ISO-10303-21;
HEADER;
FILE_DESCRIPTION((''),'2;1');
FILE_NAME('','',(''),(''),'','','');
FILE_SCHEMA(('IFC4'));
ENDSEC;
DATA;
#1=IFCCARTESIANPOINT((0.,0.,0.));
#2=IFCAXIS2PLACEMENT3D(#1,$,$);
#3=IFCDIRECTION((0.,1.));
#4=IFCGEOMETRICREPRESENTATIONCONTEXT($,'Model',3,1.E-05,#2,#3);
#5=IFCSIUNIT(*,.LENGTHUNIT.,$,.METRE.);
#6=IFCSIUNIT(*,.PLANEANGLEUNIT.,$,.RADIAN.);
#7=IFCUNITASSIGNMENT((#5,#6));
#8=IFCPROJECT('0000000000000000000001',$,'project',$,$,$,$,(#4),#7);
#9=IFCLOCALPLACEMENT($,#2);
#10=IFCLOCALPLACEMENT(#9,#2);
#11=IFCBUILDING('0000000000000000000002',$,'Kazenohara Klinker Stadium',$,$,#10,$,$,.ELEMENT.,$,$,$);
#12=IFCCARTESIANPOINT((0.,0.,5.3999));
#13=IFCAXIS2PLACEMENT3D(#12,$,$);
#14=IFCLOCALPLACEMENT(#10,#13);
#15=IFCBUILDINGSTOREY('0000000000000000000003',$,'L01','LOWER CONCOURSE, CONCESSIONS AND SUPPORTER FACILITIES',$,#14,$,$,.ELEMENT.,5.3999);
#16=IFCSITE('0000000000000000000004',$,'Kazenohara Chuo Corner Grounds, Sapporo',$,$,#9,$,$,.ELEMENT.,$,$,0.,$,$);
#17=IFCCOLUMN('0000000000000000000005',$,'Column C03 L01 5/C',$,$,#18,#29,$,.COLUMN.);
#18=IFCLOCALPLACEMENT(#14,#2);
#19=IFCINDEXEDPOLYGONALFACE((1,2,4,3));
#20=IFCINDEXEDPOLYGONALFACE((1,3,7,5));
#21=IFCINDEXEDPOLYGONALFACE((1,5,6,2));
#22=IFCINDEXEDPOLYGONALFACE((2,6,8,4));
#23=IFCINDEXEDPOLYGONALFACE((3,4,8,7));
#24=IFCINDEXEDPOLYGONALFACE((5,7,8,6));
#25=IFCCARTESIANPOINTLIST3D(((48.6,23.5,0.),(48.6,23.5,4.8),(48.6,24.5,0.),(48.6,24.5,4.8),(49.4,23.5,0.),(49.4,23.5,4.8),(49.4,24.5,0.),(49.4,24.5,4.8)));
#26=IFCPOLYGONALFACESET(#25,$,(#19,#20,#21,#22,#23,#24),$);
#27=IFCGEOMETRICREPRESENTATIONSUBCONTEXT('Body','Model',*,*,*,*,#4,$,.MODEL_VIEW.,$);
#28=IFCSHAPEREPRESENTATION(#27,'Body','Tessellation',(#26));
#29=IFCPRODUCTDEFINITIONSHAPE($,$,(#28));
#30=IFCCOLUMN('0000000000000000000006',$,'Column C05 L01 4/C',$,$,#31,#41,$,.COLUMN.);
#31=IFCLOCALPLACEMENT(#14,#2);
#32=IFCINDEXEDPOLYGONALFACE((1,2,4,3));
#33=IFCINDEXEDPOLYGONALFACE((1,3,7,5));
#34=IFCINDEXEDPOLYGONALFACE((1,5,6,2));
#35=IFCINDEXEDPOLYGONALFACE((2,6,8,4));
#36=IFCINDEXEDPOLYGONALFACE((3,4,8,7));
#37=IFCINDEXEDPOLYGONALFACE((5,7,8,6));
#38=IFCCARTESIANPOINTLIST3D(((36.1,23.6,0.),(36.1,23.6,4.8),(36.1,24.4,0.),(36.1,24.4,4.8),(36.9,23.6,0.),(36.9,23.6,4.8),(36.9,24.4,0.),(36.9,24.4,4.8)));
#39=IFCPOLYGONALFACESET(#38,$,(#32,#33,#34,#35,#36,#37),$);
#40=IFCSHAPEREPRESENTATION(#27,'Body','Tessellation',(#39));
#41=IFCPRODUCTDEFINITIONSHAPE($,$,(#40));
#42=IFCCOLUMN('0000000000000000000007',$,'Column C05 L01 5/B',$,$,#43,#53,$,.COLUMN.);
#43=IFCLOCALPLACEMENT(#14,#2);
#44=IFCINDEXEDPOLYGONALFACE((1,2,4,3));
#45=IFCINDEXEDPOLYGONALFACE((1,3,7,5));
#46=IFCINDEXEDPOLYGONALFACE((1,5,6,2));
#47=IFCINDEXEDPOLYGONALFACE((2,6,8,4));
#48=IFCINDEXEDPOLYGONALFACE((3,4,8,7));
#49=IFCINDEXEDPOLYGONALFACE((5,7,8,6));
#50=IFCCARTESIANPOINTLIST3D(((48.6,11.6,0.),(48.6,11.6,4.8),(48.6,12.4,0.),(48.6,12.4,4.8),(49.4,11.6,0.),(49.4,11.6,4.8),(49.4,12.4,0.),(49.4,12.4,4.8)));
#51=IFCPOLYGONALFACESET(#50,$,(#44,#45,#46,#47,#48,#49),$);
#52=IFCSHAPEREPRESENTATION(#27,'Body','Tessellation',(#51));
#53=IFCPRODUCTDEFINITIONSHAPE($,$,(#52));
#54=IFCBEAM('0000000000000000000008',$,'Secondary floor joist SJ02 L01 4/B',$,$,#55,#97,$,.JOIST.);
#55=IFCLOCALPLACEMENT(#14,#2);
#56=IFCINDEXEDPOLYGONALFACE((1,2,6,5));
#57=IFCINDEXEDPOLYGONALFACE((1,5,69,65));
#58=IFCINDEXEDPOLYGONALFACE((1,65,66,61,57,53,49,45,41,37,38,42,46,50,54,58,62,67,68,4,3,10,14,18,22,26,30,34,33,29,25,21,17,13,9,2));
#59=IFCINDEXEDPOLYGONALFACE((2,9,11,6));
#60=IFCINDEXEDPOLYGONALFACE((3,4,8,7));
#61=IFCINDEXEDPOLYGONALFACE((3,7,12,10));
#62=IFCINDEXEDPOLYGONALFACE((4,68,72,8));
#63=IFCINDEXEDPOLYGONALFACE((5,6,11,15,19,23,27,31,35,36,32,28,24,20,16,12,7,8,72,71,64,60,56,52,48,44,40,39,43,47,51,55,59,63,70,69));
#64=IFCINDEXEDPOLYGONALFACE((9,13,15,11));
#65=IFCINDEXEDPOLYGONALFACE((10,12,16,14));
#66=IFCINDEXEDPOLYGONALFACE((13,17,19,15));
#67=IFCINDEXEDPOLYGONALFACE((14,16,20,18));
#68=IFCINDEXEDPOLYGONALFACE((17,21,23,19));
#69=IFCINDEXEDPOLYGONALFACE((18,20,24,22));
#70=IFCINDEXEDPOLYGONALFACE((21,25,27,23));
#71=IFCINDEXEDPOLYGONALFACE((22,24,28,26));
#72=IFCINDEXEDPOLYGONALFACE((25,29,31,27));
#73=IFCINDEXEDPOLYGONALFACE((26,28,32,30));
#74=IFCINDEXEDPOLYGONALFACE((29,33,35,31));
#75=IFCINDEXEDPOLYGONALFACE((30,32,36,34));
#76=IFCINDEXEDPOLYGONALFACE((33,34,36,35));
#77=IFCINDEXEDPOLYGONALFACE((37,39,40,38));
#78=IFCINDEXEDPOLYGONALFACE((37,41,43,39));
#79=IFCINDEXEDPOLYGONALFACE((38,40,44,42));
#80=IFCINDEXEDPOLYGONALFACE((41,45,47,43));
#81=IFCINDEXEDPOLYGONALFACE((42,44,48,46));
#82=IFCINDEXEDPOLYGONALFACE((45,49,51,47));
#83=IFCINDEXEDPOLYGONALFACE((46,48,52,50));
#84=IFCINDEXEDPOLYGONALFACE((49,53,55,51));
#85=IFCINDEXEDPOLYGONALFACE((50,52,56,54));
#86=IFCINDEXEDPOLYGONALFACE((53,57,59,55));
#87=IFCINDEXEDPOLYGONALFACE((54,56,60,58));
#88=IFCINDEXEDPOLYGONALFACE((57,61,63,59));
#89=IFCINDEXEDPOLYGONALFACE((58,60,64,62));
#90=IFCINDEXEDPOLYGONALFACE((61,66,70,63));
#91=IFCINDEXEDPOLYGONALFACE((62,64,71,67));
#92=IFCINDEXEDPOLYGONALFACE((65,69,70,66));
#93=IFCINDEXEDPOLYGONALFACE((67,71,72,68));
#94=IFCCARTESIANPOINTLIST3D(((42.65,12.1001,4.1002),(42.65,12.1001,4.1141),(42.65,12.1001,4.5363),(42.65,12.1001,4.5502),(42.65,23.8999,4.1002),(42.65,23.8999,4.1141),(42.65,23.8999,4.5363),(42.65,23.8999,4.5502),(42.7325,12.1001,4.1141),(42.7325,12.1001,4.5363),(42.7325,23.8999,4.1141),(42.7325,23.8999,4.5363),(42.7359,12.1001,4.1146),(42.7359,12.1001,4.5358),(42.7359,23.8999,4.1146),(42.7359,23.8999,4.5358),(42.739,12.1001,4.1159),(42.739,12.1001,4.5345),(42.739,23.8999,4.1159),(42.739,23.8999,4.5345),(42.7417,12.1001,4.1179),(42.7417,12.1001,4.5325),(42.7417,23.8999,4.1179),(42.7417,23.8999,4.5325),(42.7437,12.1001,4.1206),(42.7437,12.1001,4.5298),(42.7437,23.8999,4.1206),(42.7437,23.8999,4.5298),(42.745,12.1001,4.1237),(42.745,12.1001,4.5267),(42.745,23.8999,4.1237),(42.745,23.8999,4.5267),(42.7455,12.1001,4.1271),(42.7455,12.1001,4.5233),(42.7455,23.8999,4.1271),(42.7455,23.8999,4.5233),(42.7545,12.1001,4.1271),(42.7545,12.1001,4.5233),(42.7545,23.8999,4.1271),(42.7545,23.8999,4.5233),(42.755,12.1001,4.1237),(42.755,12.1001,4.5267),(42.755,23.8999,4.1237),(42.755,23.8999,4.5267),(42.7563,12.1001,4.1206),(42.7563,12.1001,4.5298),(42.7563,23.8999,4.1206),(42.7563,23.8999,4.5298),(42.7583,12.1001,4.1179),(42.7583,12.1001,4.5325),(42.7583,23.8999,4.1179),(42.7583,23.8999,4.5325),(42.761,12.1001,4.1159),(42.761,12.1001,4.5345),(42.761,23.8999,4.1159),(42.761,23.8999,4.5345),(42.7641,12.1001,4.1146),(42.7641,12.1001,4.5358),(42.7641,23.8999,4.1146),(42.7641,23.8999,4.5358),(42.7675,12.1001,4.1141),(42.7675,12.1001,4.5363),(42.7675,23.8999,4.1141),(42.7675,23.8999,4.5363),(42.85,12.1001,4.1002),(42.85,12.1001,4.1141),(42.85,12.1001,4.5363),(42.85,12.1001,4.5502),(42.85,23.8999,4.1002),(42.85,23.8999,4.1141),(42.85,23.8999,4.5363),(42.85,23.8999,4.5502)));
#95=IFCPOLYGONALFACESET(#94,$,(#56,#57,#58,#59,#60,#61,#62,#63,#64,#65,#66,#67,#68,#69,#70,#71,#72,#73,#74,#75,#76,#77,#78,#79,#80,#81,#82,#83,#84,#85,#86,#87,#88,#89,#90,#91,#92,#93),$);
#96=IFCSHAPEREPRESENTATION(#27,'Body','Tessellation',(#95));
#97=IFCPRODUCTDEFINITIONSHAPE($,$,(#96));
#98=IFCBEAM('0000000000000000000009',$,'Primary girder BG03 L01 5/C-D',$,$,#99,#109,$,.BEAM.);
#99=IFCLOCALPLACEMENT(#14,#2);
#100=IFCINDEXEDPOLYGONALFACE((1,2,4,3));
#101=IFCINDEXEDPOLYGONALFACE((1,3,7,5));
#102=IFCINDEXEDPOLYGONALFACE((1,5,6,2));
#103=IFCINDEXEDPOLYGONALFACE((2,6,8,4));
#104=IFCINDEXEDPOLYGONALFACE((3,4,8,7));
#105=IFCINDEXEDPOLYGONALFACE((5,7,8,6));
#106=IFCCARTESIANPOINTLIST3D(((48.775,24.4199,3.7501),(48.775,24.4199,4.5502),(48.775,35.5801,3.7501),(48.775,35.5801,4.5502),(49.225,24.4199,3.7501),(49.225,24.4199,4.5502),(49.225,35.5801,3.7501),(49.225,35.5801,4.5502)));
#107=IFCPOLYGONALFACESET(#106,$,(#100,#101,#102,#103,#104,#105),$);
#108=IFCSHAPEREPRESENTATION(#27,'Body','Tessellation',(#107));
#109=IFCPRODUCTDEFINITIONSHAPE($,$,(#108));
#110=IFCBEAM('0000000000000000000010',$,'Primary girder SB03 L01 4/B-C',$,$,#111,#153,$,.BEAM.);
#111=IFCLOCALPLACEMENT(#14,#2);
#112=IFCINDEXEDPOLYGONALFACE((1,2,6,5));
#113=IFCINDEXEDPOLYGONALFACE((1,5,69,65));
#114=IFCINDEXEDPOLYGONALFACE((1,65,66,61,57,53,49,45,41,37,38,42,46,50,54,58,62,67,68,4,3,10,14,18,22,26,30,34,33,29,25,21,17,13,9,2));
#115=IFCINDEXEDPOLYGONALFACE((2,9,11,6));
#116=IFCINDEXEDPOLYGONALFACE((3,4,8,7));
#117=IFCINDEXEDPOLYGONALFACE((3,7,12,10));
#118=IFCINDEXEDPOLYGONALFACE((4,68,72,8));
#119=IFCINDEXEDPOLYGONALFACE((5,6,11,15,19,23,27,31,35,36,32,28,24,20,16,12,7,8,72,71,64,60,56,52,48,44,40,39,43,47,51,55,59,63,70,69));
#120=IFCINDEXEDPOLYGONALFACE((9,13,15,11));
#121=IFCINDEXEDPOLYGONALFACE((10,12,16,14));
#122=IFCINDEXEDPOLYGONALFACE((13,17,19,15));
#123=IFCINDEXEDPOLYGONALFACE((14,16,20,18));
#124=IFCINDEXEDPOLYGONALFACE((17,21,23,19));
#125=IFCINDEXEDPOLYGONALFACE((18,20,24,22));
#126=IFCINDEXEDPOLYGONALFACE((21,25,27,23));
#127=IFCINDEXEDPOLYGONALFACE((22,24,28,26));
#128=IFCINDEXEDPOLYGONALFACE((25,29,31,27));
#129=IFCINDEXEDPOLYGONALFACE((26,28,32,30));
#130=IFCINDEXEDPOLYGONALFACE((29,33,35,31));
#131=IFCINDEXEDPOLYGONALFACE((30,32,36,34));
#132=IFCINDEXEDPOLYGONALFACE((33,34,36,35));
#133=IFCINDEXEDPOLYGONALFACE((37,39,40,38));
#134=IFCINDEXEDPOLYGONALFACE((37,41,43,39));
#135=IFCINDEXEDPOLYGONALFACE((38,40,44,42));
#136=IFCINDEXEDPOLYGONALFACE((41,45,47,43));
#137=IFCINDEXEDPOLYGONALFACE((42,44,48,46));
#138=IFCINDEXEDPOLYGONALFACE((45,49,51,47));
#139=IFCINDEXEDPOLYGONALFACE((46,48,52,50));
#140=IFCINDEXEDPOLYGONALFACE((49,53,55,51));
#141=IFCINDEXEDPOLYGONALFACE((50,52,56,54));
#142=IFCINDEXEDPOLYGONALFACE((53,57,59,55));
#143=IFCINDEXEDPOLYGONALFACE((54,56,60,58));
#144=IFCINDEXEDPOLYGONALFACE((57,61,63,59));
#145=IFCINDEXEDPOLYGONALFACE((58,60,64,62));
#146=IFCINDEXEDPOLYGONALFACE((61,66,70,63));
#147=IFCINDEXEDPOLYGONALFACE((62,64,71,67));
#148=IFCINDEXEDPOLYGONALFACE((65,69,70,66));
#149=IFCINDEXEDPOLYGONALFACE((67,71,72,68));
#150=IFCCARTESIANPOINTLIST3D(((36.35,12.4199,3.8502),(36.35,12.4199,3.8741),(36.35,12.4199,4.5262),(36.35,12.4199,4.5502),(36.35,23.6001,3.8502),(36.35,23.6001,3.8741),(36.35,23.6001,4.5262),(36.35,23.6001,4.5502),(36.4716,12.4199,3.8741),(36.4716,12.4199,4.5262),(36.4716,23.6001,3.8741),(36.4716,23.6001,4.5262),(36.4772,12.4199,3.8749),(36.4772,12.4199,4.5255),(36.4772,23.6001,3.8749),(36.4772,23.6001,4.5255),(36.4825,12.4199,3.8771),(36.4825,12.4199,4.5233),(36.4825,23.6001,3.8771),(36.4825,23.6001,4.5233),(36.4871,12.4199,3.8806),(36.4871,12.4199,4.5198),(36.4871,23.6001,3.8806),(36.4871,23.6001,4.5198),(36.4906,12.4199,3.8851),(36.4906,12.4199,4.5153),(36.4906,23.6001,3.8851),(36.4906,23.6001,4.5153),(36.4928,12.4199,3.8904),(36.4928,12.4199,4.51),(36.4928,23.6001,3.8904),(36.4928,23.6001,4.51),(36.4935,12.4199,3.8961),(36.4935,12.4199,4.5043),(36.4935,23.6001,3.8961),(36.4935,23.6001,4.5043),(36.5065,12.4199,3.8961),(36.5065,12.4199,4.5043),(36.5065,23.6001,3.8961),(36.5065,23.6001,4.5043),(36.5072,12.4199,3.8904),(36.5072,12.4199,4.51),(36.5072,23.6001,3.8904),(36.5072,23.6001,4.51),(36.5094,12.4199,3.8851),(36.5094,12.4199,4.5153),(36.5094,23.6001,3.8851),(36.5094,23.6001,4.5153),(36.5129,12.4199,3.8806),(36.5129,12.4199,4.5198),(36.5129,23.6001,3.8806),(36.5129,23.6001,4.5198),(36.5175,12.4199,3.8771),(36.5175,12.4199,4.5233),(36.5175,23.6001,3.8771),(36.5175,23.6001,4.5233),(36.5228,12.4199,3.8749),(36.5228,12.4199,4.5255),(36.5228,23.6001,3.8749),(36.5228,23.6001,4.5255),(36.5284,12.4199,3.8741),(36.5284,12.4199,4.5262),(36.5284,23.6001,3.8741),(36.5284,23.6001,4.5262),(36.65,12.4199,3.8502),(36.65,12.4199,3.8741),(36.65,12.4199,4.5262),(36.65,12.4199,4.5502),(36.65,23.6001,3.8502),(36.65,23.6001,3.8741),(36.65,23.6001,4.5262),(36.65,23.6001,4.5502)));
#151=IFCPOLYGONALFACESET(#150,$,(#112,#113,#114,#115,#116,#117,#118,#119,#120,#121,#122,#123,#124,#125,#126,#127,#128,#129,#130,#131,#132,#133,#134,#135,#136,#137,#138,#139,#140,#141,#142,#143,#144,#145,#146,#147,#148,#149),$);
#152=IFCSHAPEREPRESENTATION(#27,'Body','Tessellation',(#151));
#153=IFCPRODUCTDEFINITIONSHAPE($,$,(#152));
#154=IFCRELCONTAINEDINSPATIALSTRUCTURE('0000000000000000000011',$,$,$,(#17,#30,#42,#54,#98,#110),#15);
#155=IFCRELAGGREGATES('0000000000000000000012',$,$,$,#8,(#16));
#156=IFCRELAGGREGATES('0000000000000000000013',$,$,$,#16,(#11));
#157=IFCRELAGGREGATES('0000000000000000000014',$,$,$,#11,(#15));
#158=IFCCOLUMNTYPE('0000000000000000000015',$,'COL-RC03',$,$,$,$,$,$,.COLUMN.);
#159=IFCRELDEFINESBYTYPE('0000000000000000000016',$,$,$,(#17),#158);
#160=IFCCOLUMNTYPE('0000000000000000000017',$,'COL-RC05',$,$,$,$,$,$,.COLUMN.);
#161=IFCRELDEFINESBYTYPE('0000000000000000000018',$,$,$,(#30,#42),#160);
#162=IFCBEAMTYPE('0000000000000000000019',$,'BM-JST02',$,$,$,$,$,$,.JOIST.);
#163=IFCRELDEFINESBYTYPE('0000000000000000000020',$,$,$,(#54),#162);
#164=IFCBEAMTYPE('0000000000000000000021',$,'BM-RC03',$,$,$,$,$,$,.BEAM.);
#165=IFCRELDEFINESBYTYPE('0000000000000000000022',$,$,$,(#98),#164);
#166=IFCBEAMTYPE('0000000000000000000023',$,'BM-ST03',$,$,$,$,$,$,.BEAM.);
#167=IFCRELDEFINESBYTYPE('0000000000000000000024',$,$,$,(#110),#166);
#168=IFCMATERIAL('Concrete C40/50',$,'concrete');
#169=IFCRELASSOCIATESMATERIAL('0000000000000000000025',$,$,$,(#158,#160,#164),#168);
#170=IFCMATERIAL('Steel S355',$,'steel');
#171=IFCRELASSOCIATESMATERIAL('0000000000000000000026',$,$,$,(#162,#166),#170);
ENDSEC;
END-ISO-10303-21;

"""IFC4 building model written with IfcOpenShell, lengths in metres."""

from ifc_helpers import new_model, si_unit, direction, frame, origin, origin_2d, place, context, subcontext, project, spatial, rectangle, i_section, extrude, material, material_profile, profile_set, type_object, element, save


model = new_model("IFC4")

# Units and contexts
model_context = context("Model", 3, precision=1e-05, world=origin(), true_north=direction((0.0, 1.0)))
body_context = subcontext(model_context, "Body", "Model", "MODEL_VIEW")
ifc_project = project(units=[si_unit("LENGTHUNIT", "METRE"), si_unit("PLANEANGLEUNIT", "RADIAN")], contexts=[model_context])

# Site, building, storey
site_placement = place(None, origin())
site = spatial("IfcSite", under=ifc_project, at=site_placement, Name="Kazenohara Chuo Corner Grounds, Sapporo", CompositionType="ELEMENT", RefElevation=0.0)
building_placement = place(site_placement, origin())
building = spatial("IfcBuilding", under=site, at=building_placement, Name="Kazenohara Klinker Stadium", CompositionType="ELEMENT")
storey_placement = place(building_placement, frame((0.0, 0.0, 5.3999)))
storey = spatial("IfcBuildingStorey", under=building, at=storey_placement, Name="L01", Description="LOWER CONCOURSE, CONCESSIONS AND SUPPORTER FACILITIES", CompositionType="ELEMENT", Elevation=5.3999)

# Columns
ifc_material_1 = material(Name="Concrete C40/50", Category="concrete")
ifc_material_profile_1 = material_profile(ifc_material_1, rectangle(XDim=0.8, YDim=1.0, at=origin_2d()), Name="RC-COL-1000x800")
ifc_profile_set_1 = profile_set([ifc_material_profile_1], Name="Concrete C40/50")
column_type_1 = type_object("IfcColumnType", Name="COL-RC03", PredefinedType="COLUMN", material=ifc_profile_set_1)
column_placement = place(storey_placement, frame((49.0, 24.0, 0.0), z_axis=(0.0, 0.0, 1.0), x_axis=(1.0, 0.0, 0.0)))
element("IfcColumn", 1, at=column_placement, inside=storey, type_object=column_type_1, Name="Column C03 L01 5/C", PredefinedType="COLUMN", context=body_context, shape_type="SweptSolid", body=[
    extrude(rectangle(XDim=0.8, YDim=1.0, at=origin_2d()), origin(), (0.0, 0.0, 1.0), 4.8),
])
ifc_material_profile_2 = material_profile(ifc_material_1, rectangle(XDim=0.8, YDim=0.8, at=origin_2d()), Name="RC-COL-800x800")
ifc_profile_set_2 = profile_set([ifc_material_profile_2], Name="Concrete C40/50")
column_type_2 = type_object("IfcColumnType", Name="COL-RC05", PredefinedType="COLUMN", material=ifc_profile_set_2)
for number, where, z_axis, x_axis, name in (
    (2, (36.5, 24.0, 0.0), (0.0, 0.0, 1.0), (1.0, 0.0, 0.0), "Column C05 L01 4/C"),
    (3, (49.0, 12.0, 0.0), (0.0, 0.0, 1.0), (1.0, 0.0, 0.0), "Column C05 L01 5/B"),
):
    element("IfcColumn", number, at=place(storey_placement, frame(where, z_axis=z_axis, x_axis=x_axis)), inside=storey, type_object=column_type_2, Name=name, PredefinedType="COLUMN", context=body_context, shape_type="SweptSolid", body=[
        extrude(rectangle(XDim=0.8, YDim=0.8, at=origin_2d()), origin(), (0.0, 0.0, 1.0), 4.8),
    ])

# Beams
ifc_material_2 = material(Name="Steel S355", Category="steel")
ifc_material_profile_3 = material_profile(ifc_material_2, i_section(OverallWidth=0.2, OverallDepth=0.45, WebThickness=0.009, FlangeThickness=0.0139, FilletRadius=0.0129, at=origin_2d()), Name="H-450x200x9x14")
ifc_profile_set_3 = profile_set([ifc_material_profile_3], Name="Steel S355")
beam_type_1 = type_object("IfcBeamType", Name="BM-JST02", PredefinedType="JOIST", material=ifc_profile_set_3)
beam_1_placement = place(storey_placement, frame((42.75, 12.1001, 4.3252), z_axis=(0.0, 1.0, 0.0), x_axis=(-1.0, 0.0, 0.0)))
element("IfcBeam", 4, at=beam_1_placement, inside=storey, type_object=beam_type_1, Name="Secondary floor joist SJ02 L01 4/B", PredefinedType="JOIST", context=body_context, shape_type="SweptSolid", body=[
    extrude(i_section(OverallWidth=0.2, OverallDepth=0.45, WebThickness=0.009, FlangeThickness=0.0139, FilletRadius=0.0129, at=origin_2d()), origin(), (0.0, 0.0, 1.0), 11.7998),
])
ifc_material_profile_4 = material_profile(ifc_material_1, rectangle(XDim=0.45, YDim=0.8, at=origin_2d()), Name="RC-BM-450x800")
ifc_profile_set_4 = profile_set([ifc_material_profile_4], Name="Concrete C40/50")
beam_type_2 = type_object("IfcBeamType", Name="BM-RC03", PredefinedType="BEAM", material=ifc_profile_set_4)
beam_2_placement = place(storey_placement, frame((49.0, 24.4199, 4.1501), z_axis=(0.0, 1.0, 0.0), x_axis=(-1.0, 0.0, 0.0)))
element("IfcBeam", 5, at=beam_2_placement, inside=storey, type_object=beam_type_2, Name="Primary girder BG03 L01 5/C-D", PredefinedType="BEAM", context=body_context, shape_type="SweptSolid", body=[
    extrude(rectangle(XDim=0.45, YDim=0.8, at=origin_2d()), origin(), (0.0, 0.0, 1.0), 11.1602),
])
ifc_material_profile_5 = material_profile(ifc_material_2, i_section(OverallWidth=0.3, OverallDepth=0.7, WebThickness=0.0129, FlangeThickness=0.0239, FilletRadius=0.022, at=origin_2d()), Name="H-700x300x13x24")
ifc_profile_set_5 = profile_set([ifc_material_profile_5], Name="Steel S355")
beam_type_3 = type_object("IfcBeamType", Name="BM-ST03", PredefinedType="BEAM", material=ifc_profile_set_5)
beam_3_placement = place(storey_placement, frame((36.5, 12.4199, 4.2002), z_axis=(0.0, 1.0, 0.0), x_axis=(-1.0, 0.0, 0.0)))
element("IfcBeam", 6, at=beam_3_placement, inside=storey, type_object=beam_type_3, Name="Primary girder SB03 L01 4/B-C", PredefinedType="BEAM", context=body_context, shape_type="SweptSolid", body=[
    extrude(i_section(OverallWidth=0.3, OverallDepth=0.7, WebThickness=0.0129, FlangeThickness=0.0239, FilletRadius=0.022, at=origin_2d()), origin(), (0.0, 0.0, 1.0), 11.1802),
])

save(model, "model.ifc")
